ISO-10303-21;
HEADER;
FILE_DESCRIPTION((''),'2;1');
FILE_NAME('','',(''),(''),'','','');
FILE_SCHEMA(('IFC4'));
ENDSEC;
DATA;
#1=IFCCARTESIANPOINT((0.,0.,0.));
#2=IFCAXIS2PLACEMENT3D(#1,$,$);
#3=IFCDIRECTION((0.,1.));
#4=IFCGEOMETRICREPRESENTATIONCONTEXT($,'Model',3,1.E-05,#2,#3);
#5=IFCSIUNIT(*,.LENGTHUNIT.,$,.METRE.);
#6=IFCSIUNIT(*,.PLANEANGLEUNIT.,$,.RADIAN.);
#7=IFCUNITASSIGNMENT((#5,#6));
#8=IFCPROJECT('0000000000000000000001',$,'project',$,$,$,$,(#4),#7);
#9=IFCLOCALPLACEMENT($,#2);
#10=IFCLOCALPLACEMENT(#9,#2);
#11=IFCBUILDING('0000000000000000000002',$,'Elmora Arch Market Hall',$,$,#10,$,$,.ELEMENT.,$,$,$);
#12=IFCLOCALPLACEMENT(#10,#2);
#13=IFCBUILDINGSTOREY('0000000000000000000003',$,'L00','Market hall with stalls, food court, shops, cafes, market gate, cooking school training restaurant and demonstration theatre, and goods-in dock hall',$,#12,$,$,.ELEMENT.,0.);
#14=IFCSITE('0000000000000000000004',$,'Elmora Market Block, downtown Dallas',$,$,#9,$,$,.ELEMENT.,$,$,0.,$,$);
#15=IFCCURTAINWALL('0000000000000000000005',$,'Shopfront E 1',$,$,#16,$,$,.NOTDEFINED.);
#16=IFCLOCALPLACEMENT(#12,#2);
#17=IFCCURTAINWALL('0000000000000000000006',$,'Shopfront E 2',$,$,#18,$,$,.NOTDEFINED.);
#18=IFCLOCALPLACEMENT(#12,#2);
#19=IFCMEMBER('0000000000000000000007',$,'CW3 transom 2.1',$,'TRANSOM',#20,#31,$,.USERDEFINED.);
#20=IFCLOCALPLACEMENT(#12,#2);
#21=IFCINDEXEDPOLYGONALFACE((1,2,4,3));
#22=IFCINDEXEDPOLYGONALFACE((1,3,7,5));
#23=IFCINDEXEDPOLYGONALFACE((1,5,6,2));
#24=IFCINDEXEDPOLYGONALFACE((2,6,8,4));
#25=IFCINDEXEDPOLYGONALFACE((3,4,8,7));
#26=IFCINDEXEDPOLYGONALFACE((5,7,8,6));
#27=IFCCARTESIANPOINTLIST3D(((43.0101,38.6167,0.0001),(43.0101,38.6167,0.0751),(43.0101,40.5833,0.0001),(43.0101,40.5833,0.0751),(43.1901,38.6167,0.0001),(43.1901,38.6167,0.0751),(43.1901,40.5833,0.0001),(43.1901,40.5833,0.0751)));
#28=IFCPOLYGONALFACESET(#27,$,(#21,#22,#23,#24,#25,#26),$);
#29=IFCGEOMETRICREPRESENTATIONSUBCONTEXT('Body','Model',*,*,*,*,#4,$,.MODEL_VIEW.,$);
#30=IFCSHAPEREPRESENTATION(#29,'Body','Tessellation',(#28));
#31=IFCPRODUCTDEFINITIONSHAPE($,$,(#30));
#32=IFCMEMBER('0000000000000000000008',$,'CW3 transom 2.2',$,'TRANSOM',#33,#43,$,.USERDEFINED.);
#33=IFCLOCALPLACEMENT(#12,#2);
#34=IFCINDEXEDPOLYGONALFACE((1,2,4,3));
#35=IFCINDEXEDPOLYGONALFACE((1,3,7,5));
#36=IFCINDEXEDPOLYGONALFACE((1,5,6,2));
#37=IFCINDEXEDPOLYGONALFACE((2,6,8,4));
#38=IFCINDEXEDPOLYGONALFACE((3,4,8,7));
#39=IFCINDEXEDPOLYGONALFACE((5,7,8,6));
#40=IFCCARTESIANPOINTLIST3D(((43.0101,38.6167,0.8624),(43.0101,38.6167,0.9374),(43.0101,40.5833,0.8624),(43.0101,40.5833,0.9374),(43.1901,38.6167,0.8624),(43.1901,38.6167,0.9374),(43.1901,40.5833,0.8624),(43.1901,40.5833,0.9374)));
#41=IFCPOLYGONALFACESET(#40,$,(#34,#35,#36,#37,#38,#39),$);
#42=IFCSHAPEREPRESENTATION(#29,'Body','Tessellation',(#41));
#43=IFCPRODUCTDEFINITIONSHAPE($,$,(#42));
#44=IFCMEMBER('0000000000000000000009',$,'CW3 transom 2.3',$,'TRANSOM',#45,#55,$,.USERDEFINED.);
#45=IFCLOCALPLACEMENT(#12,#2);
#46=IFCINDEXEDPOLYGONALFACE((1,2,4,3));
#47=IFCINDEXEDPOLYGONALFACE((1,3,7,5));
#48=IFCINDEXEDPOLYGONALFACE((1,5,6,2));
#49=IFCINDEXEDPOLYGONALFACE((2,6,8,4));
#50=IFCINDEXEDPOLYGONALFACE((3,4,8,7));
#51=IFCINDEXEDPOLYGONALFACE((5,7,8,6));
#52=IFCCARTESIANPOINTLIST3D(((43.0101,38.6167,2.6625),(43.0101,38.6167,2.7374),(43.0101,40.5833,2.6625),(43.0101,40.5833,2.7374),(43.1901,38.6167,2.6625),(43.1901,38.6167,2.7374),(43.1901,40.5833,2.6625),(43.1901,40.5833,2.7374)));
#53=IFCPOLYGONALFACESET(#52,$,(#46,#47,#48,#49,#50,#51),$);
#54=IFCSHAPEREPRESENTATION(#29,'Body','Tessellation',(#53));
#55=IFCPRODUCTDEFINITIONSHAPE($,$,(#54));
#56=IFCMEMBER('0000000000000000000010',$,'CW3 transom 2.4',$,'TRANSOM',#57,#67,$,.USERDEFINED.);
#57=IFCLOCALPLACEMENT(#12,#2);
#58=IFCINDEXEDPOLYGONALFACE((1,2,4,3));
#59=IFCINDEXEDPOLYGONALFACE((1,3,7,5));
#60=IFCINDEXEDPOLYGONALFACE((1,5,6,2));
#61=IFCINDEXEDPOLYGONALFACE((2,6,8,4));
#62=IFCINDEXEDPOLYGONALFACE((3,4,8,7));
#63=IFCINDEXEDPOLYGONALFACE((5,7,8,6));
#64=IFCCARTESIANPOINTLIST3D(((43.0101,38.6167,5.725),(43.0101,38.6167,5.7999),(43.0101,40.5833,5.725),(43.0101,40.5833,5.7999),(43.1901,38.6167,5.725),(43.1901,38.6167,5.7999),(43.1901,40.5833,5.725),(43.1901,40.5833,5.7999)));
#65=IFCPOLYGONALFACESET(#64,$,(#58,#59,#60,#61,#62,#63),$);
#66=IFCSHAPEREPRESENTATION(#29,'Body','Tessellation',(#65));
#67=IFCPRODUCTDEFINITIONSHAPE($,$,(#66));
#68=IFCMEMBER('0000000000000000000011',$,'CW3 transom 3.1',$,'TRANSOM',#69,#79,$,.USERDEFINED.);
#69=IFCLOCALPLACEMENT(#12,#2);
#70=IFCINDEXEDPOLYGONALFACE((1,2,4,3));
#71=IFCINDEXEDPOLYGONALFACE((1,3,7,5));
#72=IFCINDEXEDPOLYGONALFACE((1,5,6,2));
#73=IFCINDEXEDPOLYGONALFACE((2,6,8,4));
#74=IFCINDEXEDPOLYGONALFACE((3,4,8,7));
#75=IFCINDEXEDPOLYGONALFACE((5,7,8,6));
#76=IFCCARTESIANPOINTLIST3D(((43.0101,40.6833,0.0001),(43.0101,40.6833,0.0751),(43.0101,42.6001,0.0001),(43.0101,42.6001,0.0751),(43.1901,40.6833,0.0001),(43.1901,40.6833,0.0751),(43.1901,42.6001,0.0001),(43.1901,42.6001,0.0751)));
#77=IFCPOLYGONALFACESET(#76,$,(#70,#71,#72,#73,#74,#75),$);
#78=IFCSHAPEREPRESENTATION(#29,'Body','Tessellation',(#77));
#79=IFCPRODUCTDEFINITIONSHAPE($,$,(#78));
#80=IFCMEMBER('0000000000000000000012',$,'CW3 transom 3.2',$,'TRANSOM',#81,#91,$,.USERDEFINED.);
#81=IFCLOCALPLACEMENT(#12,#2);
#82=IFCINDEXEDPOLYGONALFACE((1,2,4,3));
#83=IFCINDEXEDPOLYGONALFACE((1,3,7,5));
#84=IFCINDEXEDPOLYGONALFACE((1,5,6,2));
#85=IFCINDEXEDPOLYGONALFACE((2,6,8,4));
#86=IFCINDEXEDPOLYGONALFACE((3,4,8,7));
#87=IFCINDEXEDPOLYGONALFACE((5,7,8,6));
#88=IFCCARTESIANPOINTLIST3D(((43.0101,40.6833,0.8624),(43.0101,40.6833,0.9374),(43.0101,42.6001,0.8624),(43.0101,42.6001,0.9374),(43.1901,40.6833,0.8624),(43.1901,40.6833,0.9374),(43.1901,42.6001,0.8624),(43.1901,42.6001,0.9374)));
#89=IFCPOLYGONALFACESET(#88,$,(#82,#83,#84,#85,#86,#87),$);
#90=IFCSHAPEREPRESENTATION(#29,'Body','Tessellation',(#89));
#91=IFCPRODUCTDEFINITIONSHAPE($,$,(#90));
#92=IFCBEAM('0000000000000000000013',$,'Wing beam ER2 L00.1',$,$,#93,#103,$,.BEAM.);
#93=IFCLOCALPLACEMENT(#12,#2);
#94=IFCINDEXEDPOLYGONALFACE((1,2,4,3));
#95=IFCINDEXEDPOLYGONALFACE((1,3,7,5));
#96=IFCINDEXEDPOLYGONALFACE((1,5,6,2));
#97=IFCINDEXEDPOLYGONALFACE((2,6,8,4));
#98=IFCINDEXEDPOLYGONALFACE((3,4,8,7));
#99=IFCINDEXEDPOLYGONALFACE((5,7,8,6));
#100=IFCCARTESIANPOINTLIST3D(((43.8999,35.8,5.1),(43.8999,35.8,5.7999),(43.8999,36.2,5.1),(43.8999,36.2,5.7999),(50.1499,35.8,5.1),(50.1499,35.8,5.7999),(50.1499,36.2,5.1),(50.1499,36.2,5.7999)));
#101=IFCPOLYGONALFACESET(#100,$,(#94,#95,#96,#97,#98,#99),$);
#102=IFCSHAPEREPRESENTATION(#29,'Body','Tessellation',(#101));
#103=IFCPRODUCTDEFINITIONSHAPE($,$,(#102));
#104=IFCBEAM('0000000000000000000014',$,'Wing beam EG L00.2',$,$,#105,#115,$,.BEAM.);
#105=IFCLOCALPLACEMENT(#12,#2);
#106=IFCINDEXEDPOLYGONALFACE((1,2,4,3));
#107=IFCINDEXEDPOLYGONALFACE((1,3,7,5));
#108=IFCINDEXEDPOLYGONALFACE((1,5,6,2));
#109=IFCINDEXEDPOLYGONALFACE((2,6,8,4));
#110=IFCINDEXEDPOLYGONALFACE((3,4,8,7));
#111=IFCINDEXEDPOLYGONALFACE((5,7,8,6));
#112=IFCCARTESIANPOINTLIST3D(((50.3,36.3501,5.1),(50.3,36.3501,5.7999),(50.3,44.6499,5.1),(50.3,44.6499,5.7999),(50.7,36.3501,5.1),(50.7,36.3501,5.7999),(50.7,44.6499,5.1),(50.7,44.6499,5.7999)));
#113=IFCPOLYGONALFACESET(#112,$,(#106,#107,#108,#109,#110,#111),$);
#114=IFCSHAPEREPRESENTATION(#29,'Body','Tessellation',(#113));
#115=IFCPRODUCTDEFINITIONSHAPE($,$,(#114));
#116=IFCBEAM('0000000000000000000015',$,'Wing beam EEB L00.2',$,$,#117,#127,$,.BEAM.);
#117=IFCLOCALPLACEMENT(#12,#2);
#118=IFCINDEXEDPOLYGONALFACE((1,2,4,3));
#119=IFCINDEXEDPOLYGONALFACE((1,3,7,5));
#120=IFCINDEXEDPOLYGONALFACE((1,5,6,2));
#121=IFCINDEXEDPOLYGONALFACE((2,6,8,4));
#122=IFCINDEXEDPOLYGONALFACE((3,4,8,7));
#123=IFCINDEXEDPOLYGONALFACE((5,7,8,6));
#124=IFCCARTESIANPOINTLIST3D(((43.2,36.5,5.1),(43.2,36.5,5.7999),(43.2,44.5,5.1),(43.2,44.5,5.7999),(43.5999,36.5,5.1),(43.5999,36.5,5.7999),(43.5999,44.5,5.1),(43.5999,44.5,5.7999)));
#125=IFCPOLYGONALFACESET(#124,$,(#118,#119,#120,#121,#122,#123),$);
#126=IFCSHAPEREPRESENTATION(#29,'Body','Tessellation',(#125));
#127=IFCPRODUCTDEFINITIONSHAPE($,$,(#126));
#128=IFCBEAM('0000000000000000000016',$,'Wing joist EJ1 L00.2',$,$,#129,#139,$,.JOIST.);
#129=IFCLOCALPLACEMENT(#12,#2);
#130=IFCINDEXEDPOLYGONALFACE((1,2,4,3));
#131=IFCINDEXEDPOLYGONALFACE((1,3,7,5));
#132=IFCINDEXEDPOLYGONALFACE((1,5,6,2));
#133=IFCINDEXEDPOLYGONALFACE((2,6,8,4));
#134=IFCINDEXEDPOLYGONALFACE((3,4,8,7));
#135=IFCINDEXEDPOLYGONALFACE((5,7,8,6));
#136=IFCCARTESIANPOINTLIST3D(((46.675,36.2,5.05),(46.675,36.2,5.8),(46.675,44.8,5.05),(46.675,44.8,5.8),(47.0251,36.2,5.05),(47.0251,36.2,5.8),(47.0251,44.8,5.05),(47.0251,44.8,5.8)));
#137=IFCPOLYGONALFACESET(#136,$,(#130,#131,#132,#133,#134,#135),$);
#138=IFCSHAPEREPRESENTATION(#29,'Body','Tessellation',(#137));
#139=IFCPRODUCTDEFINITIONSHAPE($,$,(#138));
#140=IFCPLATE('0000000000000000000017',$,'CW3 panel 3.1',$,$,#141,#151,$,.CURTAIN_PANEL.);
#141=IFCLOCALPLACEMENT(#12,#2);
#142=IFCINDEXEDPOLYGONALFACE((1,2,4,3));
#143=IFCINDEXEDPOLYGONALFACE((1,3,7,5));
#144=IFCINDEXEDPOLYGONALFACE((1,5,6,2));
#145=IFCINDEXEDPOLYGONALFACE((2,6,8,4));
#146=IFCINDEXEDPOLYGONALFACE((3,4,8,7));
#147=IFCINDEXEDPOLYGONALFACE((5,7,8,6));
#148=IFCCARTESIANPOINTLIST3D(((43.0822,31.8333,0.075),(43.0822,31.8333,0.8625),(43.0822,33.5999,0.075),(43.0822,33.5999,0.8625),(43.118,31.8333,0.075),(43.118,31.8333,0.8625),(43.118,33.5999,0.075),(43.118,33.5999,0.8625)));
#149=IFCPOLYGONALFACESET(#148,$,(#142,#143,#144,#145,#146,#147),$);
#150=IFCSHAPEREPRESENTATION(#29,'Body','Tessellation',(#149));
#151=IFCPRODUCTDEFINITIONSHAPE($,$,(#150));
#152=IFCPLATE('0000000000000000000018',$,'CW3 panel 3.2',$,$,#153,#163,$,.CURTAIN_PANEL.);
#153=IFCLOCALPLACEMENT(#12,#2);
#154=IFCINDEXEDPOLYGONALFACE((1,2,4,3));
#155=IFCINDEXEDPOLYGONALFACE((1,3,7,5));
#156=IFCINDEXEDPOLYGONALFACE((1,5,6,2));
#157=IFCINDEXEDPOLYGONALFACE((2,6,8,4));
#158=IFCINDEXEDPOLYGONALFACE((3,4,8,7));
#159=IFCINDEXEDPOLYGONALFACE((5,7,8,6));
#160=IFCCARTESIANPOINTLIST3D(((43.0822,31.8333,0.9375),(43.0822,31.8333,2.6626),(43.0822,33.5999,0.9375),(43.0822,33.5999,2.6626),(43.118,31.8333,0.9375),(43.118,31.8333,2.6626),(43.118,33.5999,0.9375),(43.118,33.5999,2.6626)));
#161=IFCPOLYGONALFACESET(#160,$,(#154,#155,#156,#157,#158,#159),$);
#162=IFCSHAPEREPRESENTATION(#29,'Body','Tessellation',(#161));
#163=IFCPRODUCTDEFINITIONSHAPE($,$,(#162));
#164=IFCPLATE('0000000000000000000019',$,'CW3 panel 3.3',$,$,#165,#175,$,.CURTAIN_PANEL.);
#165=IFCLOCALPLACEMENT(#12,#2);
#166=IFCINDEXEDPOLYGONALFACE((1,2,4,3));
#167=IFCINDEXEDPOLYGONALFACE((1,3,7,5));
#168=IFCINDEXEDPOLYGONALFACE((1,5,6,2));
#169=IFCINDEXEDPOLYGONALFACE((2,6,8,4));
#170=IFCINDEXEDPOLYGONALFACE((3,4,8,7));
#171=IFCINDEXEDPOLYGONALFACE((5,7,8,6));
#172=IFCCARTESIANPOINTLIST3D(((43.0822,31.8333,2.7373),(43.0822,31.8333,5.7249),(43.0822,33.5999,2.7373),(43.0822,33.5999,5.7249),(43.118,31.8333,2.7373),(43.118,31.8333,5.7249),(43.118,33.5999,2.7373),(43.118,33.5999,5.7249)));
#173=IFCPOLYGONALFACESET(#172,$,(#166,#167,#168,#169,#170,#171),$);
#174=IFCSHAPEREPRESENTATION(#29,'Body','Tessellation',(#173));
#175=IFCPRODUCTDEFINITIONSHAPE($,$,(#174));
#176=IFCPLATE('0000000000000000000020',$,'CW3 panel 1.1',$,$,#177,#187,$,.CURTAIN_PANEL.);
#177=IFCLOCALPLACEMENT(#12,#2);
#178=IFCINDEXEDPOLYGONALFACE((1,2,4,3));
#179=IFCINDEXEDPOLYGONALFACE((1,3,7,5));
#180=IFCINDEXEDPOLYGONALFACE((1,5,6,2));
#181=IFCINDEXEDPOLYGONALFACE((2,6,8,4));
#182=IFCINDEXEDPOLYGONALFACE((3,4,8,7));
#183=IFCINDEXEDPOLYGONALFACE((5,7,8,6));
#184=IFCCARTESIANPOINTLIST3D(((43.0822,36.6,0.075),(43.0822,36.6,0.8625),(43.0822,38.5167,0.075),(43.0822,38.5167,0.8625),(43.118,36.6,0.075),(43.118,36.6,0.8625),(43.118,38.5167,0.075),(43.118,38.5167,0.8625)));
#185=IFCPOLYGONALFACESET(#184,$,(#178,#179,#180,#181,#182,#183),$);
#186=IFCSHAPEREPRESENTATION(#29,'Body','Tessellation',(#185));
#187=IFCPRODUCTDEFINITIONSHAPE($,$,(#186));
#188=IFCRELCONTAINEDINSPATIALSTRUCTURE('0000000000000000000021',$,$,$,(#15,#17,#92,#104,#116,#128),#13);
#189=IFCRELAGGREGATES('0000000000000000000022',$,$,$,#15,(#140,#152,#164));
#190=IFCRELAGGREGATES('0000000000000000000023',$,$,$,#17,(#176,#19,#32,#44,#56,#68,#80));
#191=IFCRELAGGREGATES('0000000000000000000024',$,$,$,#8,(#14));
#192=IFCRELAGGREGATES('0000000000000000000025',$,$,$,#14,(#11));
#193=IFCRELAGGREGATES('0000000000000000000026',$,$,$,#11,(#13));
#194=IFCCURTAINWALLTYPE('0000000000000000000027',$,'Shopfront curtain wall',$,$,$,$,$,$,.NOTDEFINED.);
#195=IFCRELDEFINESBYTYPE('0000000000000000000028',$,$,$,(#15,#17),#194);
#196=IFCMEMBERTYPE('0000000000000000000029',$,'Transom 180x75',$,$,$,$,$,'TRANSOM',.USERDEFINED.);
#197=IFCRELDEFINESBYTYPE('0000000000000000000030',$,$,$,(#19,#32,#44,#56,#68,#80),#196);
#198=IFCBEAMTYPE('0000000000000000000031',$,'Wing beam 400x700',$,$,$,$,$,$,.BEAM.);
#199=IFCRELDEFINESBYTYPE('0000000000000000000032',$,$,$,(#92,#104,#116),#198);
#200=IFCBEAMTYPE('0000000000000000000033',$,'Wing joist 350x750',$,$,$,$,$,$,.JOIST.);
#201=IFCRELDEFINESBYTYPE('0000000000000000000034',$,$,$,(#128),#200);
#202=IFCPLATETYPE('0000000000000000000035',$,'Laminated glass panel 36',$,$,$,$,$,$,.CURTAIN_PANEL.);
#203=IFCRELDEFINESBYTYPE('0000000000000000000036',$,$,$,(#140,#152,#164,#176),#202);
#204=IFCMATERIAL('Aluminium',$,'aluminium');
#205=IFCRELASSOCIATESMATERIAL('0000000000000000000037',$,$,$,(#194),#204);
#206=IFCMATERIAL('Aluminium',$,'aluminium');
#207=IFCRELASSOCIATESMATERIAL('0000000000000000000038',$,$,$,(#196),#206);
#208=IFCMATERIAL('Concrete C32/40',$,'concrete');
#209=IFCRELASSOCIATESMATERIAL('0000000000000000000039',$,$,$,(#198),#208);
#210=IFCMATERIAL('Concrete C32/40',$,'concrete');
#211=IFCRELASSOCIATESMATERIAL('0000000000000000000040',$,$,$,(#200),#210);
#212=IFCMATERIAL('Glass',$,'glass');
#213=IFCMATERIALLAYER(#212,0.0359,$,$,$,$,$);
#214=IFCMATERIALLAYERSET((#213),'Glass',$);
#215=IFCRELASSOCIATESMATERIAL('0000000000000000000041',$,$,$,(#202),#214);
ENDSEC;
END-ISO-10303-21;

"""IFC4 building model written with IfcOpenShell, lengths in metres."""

from ifc_helpers import new_model, si_unit, direction, frame, origin, origin_2d, place, context, subcontext, project, spatial, rectangle, extrude, material, layer, layer_set, material_profile, profile_set, type_object, element, aggregate, save


model = new_model("IFC4")

# Units and contexts
model_context = context("Model", 3, precision=1e-05, world=origin(), true_north=direction((0.0, 1.0)))
body_context = subcontext(model_context, "Body", "Model", "MODEL_VIEW")
ifc_project = project(units=[si_unit("LENGTHUNIT", "METRE"), si_unit("PLANEANGLEUNIT", "RADIAN")], contexts=[model_context])

# Site, building, storey
site_placement = place(None, origin())
site = spatial("IfcSite", under=ifc_project, at=site_placement, Name="Elmora Market Block, downtown Dallas", CompositionType="ELEMENT", RefElevation=0.0)
building_placement = place(site_placement, origin())
building = spatial("IfcBuilding", under=site, at=building_placement, Name="Elmora Arch Market Hall", CompositionType="ELEMENT")
storey_placement = place(building_placement, origin())
storey = spatial("IfcBuildingStorey", under=building, at=storey_placement, Name="L00", Description="Market hall with stalls, food court, shops, cafes, market gate, cooking school training restaurant and demonstration theatre, and goods-in dock hall", CompositionType="ELEMENT", Elevation=0.0)

# Curtain walls
ifc_material_1 = material(Name="Aluminium", Category="aluminium")
curtain_wall_type = type_object("IfcCurtainWallType", Name="Shopfront curtain wall", PredefinedType="NOTDEFINED", material=ifc_material_1)
curtain_wall_1_placement = place(storey_placement, origin())
curtain_wall_1 = element("IfcCurtainWall", 1, at=curtain_wall_1_placement, inside=storey, type_object=curtain_wall_type, Name="Shopfront E 1", PredefinedType="NOTDEFINED")
curtain_wall_2_placement = place(storey_placement, origin())
curtain_wall_2 = element("IfcCurtainWall", 2, at=curtain_wall_2_placement, inside=storey, type_object=curtain_wall_type, Name="Shopfront E 2", PredefinedType="NOTDEFINED")

# Members
ifc_material_2 = material(Name="Aluminium", Category="aluminium")
ifc_material_profile_1 = material_profile(ifc_material_2, rectangle(XDim=0.1799, YDim=0.075, at=origin_2d()), Name="AL 180x75")
ifc_profile_set_1 = profile_set([ifc_material_profile_1], Name="Aluminium")
member_type_1 = type_object("IfcMemberType", Name="Transom 180x75", ElementType="TRANSOM", PredefinedType="USERDEFINED", material=ifc_profile_set_1)
member_1_placement = place(storey_placement, frame((43.1001, 38.6167, 0.0376), z_axis=(0.0, 1.0, 0.0), x_axis=(-1.0, 0.0, 0.0)))
member_1 = element("IfcMember", 3, at=member_1_placement, type_object=member_type_1, Name="CW3 transom 2.1", ObjectType="TRANSOM", PredefinedType="USERDEFINED", context=body_context, shape_type="SweptSolid", body=[
    extrude(rectangle(XDim=0.1799, YDim=0.075, at=origin_2d()), origin(), (0.0, 0.0, 1.0), 1.9666),
])
member_2_placement = place(storey_placement, frame((43.1001, 38.6167, 0.8999), z_axis=(0.0, 1.0, 0.0), x_axis=(-1.0, 0.0, 0.0)))
member_2 = element("IfcMember", 4, at=member_2_placement, type_object=member_type_1, Name="CW3 transom 2.2", ObjectType="TRANSOM", PredefinedType="USERDEFINED", context=body_context, shape_type="SweptSolid", body=[
    extrude(rectangle(XDim=0.1799, YDim=0.075, at=origin_2d()), origin(), (0.0, 0.0, 1.0), 1.9666),
])
member_3_placement = place(storey_placement, frame((43.1001, 38.6167, 2.7), z_axis=(0.0, 1.0, 0.0), x_axis=(-1.0, 0.0, 0.0)))
member_3 = element("IfcMember", 5, at=member_3_placement, type_object=member_type_1, Name="CW3 transom 2.3", ObjectType="TRANSOM", PredefinedType="USERDEFINED", context=body_context, shape_type="SweptSolid", body=[
    extrude(rectangle(XDim=0.1799, YDim=0.075, at=origin_2d()), origin(), (0.0, 0.0, 1.0), 1.9666),
])
member_4_placement = place(storey_placement, frame((43.1001, 38.6167, 5.7625), z_axis=(0.0, 1.0, 0.0), x_axis=(-1.0, 0.0, 0.0)))
member_4 = element("IfcMember", 6, at=member_4_placement, type_object=member_type_1, Name="CW3 transom 2.4", ObjectType="TRANSOM", PredefinedType="USERDEFINED", context=body_context, shape_type="SweptSolid", body=[
    extrude(rectangle(XDim=0.1799, YDim=0.075, at=origin_2d()), origin(), (0.0, 0.0, 1.0), 1.9666),
])
member_5_placement = place(storey_placement, frame((43.1001, 40.6833, 0.0376), z_axis=(0.0, 1.0, 0.0), x_axis=(-1.0, 0.0, 0.0)))
member_5 = element("IfcMember", 7, at=member_5_placement, type_object=member_type_1, Name="CW3 transom 3.1", ObjectType="TRANSOM", PredefinedType="USERDEFINED", context=body_context, shape_type="SweptSolid", body=[
    extrude(rectangle(XDim=0.1799, YDim=0.075, at=origin_2d()), origin(), (0.0, 0.0, 1.0), 1.9167),
])
member_6_placement = place(storey_placement, frame((43.1001, 40.6833, 0.8999), z_axis=(0.0, 1.0, 0.0), x_axis=(-1.0, 0.0, 0.0)))
member_6 = element("IfcMember", 8, at=member_6_placement, type_object=member_type_1, Name="CW3 transom 3.2", ObjectType="TRANSOM", PredefinedType="USERDEFINED", context=body_context, shape_type="SweptSolid", body=[
    extrude(rectangle(XDim=0.1799, YDim=0.075, at=origin_2d()), origin(), (0.0, 0.0, 1.0), 1.9167),
])

# Beams
ifc_material_3 = material(Name="Concrete C32/40", Category="concrete")
ifc_material_profile_2 = material_profile(ifc_material_3, rectangle(XDim=0.3999, YDim=0.7, at=origin_2d()), Name="Wing beam 400x700")
ifc_profile_set_2 = profile_set([ifc_material_profile_2], Name="Concrete C32/40")
beam_type_1 = type_object("IfcBeamType", Name="Wing beam 400x700", PredefinedType="BEAM", material=ifc_profile_set_2)
beam_1_placement = place(storey_placement, frame((43.8999, 36.0, 5.45), z_axis=(1.0, 0.0, 0.0), x_axis=(0.0, 1.0, 0.0)))
element("IfcBeam", 9, at=beam_1_placement, inside=storey, type_object=beam_type_1, Name="Wing beam ER2 L00.1", PredefinedType="BEAM", context=body_context, shape_type="SweptSolid", body=[
    extrude(rectangle(XDim=0.3999, YDim=0.7, at=origin_2d()), origin(), (0.0, 0.0, 1.0), 6.25),
])
beam_2_placement = place(storey_placement, frame((50.5, 36.3501, 5.45), z_axis=(0.0, 1.0, 0.0), x_axis=(-1.0, 0.0, 0.0)))
element("IfcBeam", 10, at=beam_2_placement, inside=storey, type_object=beam_type_1, Name="Wing beam EG L00.2", PredefinedType="BEAM", context=body_context, shape_type="SweptSolid", body=[
    extrude(rectangle(XDim=0.3999, YDim=0.7, at=origin_2d()), origin(), (0.0, 0.0, 1.0), 8.2998),
])
beam_3_placement = place(storey_placement, frame((43.3999, 36.5, 5.45), z_axis=(0.0, 1.0, 0.0), x_axis=(-1.0, 0.0, 0.0)))
element("IfcBeam", 11, at=beam_3_placement, inside=storey, type_object=beam_type_1, Name="Wing beam EEB L00.2", PredefinedType="BEAM", context=body_context, shape_type="SweptSolid", body=[
    extrude(rectangle(XDim=0.3999, YDim=0.7, at=origin_2d()), origin(), (0.0, 0.0, 1.0), 8.0),
])
ifc_material_4 = material(Name="Concrete C32/40", Category="concrete")
ifc_material_profile_3 = material_profile(ifc_material_4, rectangle(XDim=0.3501, YDim=0.75, at=origin_2d()), Name="Wing joist 350x750")
ifc_profile_set_3 = profile_set([ifc_material_profile_3], Name="Concrete C32/40")
beam_type_2 = type_object("IfcBeamType", Name="Wing joist 350x750", PredefinedType="JOIST", material=ifc_profile_set_3)
beam_4_placement = place(storey_placement, frame((46.8501, 36.2, 5.425), z_axis=(0.0, 1.0, 0.0), x_axis=(-1.0, 0.0, 0.0)))
element("IfcBeam", 12, at=beam_4_placement, inside=storey, type_object=beam_type_2, Name="Wing joist EJ1 L00.2", PredefinedType="JOIST", context=body_context, shape_type="SweptSolid", body=[
    extrude(rectangle(XDim=0.3501, YDim=0.75, at=origin_2d()), origin(), (0.0, 0.0, 1.0), 8.6001),
])

# Plates
ifc_material_5 = material(Name="Glass", Category="glass")
ifc_layer_1 = layer(ifc_material_5, 0.0359)
ifc_layer_set_1 = layer_set([ifc_layer_1], Name="Glass")
plate_type = type_object("IfcPlateType", Name="Laminated glass panel 36", PredefinedType="CURTAIN_PANEL", material=ifc_layer_set_1)
plate_1_placement = place(storey_placement, frame((43.1001, 32.7166, 0.075), z_axis=(0.0, 0.0, 1.0), x_axis=(0.0, 1.0, 0.0)))
plate_1 = element("IfcPlate", 13, at=plate_1_placement, type_object=plate_type, Name="CW3 panel 3.1", PredefinedType="CURTAIN_PANEL", context=body_context, shape_type="SweptSolid", body=[
    extrude(rectangle(XDim=1.7666, YDim=0.0359, at=origin_2d()), origin(), (0.0, 0.0, 1.0), 0.7876),
])
plate_2_placement = place(storey_placement, frame((43.1001, 32.7166, 0.9375), z_axis=(0.0, 0.0, 1.0), x_axis=(0.0, 1.0, 0.0)))
plate_2 = element("IfcPlate", 14, at=plate_2_placement, type_object=plate_type, Name="CW3 panel 3.2", PredefinedType="CURTAIN_PANEL", context=body_context, shape_type="SweptSolid", body=[
    extrude(rectangle(XDim=1.7666, YDim=0.0359, at=origin_2d()), origin(), (0.0, 0.0, 1.0), 1.7251),
])
plate_3_placement = place(storey_placement, frame((43.1001, 32.7166, 2.7373), z_axis=(0.0, 0.0, 1.0), x_axis=(0.0, 1.0, 0.0)))
plate_3 = element("IfcPlate", 15, at=plate_3_placement, type_object=plate_type, Name="CW3 panel 3.3", PredefinedType="CURTAIN_PANEL", context=body_context, shape_type="SweptSolid", body=[
    extrude(rectangle(XDim=1.7666, YDim=0.0359, at=origin_2d()), origin(), (0.0, 0.0, 1.0), 2.9875),
])
aggregate(curtain_wall_1, [plate_1, plate_2, plate_3])
plate_4_placement = place(storey_placement, frame((43.1001, 37.5583, 0.075), z_axis=(0.0, 0.0, 1.0), x_axis=(0.0, 1.0, 0.0)))
plate_4 = element("IfcPlate", 16, at=plate_4_placement, type_object=plate_type, Name="CW3 panel 1.1", PredefinedType="CURTAIN_PANEL", context=body_context, shape_type="SweptSolid", body=[
    extrude(rectangle(XDim=1.9167, YDim=0.0359, at=origin_2d()), origin(), (0.0, 0.0, 1.0), 0.7876),
])
aggregate(curtain_wall_2, [plate_4, member_1, member_2, member_3, member_4, member_5, member_6])

save(model, "model.ifc")
